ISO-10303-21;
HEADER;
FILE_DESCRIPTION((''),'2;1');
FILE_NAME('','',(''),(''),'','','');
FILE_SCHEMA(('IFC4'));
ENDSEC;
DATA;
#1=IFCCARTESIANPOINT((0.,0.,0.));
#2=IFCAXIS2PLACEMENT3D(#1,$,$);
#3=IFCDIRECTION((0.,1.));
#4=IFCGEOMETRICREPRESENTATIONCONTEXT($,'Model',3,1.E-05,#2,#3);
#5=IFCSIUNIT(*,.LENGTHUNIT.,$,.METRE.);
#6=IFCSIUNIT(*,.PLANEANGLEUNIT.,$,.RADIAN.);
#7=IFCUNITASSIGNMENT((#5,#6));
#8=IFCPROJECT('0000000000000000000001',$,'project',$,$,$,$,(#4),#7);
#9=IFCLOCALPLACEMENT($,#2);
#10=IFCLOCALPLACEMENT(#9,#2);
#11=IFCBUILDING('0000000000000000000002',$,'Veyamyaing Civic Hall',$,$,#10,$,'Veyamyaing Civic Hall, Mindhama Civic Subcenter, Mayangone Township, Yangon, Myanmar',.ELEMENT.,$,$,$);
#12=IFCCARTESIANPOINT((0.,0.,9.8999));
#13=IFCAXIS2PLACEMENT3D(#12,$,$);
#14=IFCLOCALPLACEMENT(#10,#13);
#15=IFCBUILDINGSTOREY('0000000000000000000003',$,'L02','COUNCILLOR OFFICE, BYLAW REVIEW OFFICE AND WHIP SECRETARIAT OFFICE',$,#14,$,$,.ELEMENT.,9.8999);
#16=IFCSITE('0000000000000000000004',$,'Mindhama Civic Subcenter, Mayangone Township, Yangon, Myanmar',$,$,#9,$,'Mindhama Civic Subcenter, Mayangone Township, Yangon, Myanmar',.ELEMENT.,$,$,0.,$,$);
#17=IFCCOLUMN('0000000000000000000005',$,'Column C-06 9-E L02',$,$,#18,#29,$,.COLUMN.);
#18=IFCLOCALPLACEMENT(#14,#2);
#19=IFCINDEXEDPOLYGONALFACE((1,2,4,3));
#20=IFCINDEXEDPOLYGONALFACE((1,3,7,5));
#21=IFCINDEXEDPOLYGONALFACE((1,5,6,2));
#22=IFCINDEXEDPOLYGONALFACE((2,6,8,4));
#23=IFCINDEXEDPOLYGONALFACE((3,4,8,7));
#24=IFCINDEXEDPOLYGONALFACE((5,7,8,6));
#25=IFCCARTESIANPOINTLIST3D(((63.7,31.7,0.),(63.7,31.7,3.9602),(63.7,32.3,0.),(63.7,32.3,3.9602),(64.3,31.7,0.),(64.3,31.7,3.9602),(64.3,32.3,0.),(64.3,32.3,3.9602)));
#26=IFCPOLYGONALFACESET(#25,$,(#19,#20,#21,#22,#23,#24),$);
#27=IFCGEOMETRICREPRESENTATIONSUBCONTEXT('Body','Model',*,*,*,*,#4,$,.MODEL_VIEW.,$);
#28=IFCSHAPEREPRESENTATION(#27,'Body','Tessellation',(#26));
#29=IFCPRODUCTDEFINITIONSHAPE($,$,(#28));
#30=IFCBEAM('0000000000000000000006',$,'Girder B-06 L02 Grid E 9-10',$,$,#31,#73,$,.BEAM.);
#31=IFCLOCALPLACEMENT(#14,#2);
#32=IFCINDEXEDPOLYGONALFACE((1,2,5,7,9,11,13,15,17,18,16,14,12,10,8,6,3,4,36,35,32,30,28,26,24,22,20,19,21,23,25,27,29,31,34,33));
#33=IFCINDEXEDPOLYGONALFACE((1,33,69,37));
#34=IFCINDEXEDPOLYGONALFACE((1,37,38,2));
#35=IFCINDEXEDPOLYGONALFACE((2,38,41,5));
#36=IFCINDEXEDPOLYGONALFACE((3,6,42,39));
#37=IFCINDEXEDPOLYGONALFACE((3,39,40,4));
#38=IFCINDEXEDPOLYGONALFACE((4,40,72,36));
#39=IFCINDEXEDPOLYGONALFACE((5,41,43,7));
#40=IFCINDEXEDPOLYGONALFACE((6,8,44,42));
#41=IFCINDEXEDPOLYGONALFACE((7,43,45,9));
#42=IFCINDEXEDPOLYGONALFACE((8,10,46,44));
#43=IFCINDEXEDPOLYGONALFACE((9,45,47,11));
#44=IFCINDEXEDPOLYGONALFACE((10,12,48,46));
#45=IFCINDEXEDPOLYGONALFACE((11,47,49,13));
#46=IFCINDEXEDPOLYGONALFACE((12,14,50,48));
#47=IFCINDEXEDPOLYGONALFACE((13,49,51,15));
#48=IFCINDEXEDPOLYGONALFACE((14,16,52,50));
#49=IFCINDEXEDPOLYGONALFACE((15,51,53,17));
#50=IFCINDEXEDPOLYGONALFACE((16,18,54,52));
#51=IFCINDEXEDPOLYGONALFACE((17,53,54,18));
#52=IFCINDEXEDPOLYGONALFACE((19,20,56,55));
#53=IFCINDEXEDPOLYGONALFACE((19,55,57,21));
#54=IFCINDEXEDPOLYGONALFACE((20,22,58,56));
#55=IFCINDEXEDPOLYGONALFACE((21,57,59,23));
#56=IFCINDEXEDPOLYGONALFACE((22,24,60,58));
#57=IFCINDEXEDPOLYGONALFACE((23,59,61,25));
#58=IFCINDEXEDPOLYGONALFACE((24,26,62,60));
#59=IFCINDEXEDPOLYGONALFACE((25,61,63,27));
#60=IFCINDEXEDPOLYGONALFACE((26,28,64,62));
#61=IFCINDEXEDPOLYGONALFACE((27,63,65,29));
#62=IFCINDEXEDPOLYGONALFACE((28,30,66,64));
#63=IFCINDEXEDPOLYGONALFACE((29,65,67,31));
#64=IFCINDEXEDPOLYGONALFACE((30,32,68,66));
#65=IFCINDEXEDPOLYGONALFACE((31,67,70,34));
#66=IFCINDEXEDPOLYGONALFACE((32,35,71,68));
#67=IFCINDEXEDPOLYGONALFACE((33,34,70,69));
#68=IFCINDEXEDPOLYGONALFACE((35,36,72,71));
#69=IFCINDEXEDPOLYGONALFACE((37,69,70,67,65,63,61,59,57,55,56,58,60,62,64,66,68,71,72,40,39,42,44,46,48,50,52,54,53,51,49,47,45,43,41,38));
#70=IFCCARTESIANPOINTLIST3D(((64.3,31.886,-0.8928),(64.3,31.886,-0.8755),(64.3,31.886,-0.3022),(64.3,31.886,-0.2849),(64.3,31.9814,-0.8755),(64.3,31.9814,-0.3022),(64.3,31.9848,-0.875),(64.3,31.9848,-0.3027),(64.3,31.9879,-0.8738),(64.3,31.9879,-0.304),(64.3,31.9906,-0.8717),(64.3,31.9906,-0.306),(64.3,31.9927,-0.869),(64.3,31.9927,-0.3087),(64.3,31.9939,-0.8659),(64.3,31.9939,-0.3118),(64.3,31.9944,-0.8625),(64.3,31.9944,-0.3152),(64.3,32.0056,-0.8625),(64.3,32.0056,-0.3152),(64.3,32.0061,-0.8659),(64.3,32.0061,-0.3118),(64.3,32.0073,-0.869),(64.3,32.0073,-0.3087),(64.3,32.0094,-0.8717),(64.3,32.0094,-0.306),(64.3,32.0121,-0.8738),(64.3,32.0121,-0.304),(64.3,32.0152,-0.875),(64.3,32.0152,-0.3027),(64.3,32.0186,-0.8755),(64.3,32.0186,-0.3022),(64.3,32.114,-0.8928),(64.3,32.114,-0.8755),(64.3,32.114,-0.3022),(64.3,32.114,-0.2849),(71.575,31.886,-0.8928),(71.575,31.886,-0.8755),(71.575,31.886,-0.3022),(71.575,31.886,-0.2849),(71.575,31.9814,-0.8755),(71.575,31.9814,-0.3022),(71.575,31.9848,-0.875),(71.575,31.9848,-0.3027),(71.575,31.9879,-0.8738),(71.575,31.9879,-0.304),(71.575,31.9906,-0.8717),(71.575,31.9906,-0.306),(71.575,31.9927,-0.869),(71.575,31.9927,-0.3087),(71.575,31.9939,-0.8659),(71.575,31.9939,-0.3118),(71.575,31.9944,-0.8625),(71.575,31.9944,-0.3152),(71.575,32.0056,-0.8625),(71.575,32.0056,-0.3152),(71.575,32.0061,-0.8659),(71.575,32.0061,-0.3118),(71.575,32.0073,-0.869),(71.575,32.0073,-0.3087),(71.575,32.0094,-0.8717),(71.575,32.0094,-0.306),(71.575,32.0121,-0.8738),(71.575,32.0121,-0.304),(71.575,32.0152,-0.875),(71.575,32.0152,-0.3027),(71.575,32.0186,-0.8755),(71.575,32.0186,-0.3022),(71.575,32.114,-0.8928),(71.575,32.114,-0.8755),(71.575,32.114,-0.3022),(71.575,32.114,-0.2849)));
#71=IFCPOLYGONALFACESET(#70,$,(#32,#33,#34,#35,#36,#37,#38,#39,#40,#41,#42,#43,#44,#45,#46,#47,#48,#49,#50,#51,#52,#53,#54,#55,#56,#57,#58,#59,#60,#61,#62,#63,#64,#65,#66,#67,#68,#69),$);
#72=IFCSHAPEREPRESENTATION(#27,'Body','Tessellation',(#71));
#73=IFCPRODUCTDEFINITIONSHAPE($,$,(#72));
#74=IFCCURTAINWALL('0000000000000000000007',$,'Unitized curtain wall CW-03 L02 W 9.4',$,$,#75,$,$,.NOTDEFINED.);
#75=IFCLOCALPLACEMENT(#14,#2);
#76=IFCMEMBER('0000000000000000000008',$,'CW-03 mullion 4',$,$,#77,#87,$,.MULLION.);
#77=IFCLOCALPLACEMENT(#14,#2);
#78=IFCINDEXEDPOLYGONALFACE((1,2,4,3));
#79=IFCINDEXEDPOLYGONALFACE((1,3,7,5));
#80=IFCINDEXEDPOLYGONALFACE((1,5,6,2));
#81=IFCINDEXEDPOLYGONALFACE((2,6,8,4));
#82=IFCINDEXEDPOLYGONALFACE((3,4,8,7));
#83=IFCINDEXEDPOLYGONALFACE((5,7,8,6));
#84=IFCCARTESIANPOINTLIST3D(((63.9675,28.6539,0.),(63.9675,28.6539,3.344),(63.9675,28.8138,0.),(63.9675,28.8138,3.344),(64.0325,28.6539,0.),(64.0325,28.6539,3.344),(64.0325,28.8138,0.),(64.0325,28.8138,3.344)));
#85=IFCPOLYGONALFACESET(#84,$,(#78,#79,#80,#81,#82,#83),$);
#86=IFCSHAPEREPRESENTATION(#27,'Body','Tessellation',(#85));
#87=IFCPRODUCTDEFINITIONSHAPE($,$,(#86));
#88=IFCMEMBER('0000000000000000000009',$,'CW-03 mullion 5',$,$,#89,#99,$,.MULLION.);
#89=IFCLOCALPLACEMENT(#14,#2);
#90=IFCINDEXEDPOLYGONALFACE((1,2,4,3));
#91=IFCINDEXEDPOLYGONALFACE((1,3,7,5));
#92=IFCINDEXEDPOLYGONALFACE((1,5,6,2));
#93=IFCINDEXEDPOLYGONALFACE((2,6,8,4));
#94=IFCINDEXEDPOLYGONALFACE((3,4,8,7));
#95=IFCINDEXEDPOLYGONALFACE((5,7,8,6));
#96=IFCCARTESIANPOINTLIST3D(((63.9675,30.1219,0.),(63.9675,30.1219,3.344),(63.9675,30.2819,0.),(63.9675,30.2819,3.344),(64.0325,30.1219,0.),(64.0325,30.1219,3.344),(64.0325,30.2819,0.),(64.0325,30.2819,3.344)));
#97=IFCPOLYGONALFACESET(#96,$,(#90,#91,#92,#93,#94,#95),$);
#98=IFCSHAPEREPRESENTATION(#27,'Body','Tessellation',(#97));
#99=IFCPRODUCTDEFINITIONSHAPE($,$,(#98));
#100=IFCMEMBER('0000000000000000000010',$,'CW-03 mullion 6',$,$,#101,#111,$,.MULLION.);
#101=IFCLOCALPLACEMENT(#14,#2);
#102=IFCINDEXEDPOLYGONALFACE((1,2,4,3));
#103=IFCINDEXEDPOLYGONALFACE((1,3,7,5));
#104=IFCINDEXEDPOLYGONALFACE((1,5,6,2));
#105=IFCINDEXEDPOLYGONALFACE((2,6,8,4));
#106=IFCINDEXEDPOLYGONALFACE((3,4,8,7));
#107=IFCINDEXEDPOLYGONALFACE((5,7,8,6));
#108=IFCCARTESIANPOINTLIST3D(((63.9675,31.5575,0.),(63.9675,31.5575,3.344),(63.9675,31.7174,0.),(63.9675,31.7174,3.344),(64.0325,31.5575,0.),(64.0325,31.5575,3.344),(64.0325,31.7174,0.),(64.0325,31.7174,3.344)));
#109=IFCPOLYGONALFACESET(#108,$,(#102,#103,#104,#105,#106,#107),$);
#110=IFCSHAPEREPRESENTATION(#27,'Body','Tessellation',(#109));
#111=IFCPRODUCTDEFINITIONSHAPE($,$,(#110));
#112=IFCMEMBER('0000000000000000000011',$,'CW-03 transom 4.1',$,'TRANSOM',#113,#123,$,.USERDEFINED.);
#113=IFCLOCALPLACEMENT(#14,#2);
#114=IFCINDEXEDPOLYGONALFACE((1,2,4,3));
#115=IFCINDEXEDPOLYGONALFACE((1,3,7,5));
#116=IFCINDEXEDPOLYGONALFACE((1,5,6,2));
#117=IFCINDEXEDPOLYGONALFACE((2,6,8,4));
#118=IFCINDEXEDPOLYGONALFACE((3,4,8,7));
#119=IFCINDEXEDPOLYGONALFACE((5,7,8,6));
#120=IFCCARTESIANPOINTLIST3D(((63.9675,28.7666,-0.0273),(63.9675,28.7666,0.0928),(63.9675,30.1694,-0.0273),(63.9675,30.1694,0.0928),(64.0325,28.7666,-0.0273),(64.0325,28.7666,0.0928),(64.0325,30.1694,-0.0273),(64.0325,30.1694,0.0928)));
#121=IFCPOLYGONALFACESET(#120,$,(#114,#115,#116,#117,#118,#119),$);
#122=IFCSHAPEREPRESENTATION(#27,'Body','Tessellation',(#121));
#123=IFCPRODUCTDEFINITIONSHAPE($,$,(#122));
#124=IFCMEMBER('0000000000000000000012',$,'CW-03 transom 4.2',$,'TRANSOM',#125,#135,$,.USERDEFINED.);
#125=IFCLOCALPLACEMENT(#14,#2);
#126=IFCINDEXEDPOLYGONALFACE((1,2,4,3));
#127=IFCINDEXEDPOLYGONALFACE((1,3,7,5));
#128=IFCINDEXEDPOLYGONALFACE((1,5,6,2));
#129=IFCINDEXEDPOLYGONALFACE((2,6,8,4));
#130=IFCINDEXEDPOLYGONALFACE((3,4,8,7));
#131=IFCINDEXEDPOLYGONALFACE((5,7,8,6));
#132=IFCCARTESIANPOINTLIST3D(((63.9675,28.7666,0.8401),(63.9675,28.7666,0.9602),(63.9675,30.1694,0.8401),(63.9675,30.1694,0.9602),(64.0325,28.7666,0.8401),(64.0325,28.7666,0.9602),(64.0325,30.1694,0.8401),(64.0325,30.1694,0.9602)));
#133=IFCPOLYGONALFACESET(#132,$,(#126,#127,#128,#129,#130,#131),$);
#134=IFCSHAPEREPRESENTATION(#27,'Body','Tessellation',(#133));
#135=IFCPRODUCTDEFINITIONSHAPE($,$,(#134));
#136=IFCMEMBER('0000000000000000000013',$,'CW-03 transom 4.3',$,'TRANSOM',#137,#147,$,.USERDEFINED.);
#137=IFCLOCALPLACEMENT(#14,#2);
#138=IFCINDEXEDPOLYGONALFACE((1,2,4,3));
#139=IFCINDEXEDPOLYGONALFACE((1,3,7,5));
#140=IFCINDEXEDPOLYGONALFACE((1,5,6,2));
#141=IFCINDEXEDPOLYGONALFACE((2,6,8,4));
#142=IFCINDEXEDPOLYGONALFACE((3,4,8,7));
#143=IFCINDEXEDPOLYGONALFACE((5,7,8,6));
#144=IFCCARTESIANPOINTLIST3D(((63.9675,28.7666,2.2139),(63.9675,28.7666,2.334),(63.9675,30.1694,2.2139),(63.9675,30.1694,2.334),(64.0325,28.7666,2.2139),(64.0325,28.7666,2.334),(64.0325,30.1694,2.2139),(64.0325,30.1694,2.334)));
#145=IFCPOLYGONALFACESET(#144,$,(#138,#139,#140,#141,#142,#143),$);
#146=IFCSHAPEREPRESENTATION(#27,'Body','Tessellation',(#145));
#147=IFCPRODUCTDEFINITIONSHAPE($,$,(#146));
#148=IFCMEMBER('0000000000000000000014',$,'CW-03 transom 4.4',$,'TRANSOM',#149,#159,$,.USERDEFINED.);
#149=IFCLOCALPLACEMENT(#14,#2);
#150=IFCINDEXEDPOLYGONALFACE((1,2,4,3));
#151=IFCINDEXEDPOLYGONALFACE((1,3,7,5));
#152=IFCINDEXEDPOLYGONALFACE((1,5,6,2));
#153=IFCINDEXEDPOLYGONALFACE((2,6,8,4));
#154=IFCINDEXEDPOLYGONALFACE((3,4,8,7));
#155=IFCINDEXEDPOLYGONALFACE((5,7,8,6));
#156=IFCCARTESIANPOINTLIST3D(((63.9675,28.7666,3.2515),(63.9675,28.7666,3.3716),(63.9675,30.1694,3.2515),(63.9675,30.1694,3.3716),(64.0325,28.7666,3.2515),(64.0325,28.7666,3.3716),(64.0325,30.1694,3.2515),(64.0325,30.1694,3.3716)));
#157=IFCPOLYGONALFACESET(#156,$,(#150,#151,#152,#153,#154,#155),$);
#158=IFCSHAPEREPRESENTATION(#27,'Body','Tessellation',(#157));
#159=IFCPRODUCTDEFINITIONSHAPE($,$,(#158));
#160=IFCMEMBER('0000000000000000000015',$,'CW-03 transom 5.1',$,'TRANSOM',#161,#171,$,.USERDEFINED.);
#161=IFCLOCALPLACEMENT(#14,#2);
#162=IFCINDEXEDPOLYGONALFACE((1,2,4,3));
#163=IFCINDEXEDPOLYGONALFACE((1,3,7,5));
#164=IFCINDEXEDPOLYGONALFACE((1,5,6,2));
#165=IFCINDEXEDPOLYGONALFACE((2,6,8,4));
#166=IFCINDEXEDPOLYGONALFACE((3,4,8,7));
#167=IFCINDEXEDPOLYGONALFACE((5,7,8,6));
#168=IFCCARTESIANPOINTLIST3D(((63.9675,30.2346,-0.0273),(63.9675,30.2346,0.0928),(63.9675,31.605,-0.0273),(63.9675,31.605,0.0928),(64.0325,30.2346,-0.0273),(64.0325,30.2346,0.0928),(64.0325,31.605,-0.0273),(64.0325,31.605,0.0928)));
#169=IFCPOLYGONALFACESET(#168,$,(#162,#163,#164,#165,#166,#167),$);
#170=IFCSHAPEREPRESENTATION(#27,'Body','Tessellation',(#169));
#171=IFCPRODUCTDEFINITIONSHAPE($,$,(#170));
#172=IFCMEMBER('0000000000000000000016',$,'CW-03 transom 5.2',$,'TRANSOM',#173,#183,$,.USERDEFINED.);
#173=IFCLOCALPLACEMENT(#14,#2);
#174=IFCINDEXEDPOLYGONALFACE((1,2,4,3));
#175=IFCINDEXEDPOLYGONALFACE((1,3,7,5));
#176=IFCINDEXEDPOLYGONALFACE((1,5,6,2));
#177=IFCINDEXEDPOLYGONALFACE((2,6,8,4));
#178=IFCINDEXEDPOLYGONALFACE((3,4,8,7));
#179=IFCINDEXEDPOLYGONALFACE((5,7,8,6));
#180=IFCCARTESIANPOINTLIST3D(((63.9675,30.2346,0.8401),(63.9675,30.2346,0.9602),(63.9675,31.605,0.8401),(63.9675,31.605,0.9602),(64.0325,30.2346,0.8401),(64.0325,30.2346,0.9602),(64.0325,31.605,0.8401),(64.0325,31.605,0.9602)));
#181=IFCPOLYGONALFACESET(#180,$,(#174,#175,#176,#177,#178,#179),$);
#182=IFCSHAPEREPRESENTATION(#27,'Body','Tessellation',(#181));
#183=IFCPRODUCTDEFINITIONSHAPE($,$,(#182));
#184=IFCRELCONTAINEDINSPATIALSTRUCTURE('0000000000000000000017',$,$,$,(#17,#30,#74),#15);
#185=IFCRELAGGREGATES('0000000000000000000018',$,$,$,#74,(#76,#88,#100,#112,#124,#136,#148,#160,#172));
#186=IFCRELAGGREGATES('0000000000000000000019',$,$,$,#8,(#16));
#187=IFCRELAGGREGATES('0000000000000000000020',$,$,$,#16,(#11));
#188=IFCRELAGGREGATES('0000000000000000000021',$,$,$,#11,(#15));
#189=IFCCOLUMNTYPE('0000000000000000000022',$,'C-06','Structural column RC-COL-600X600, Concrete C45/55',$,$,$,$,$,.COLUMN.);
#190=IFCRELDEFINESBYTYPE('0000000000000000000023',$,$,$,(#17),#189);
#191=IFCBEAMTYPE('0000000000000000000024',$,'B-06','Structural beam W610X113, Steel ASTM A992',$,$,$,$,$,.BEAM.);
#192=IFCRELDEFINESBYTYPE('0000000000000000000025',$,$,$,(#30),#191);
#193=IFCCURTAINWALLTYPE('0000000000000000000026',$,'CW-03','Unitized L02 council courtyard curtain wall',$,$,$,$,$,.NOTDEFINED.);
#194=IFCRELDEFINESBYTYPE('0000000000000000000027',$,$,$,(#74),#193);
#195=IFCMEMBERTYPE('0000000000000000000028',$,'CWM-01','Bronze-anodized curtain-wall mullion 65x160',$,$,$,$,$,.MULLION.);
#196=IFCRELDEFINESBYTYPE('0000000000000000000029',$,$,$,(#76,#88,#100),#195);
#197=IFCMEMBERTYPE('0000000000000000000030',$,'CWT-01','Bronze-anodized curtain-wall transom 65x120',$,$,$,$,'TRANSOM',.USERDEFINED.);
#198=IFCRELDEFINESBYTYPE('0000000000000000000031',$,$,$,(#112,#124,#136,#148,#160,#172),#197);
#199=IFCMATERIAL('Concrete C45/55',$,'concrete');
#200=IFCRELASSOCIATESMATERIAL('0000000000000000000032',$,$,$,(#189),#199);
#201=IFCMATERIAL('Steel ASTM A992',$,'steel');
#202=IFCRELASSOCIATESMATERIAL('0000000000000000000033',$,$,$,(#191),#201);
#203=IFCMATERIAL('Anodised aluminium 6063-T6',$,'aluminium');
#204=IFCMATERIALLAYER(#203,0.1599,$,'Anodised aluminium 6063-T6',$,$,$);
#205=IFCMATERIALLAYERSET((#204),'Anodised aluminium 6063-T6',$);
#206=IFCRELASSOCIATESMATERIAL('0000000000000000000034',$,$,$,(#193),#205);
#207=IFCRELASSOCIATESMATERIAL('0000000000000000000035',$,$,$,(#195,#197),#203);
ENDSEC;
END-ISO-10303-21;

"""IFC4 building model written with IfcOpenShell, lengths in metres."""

from ifc_helpers import new_model, si_unit, direction, frame, origin, origin_2d, place, context, subcontext, project, spatial, rectangle, i_section, extrude, material, layer, layer_set, material_profile, profile_set, type_object, element, aggregate, save


model = new_model("IFC4")

# Units and contexts
model_context = context("Model", 3, precision=1e-05, world=origin(), true_north=direction((0.0, 1.0)))
body_context = subcontext(model_context, "Body", "Model", "MODEL_VIEW")
ifc_project = project(units=[si_unit("LENGTHUNIT", "METRE"), si_unit("PLANEANGLEUNIT", "RADIAN")], contexts=[model_context])

# Site, building, storey
site_placement = place(None, origin())
site = spatial("IfcSite", under=ifc_project, at=site_placement, Name="Mindhama Civic Subcenter, Mayangone Township, Yangon, Myanmar", LongName="Mindhama Civic Subcenter, Mayangone Township, Yangon, Myanmar", CompositionType="ELEMENT", RefElevation=0.0)
building_placement = place(site_placement, origin())
building = spatial("IfcBuilding", under=site, at=building_placement, Name="Veyamyaing Civic Hall", LongName="Veyamyaing Civic Hall, Mindhama Civic Subcenter, Mayangone Township, Yangon, Myanmar", CompositionType="ELEMENT")
storey_placement = place(building_placement, frame((0.0, 0.0, 9.8999)))
storey = spatial("IfcBuildingStorey", under=building, at=storey_placement, Name="L02", Description="COUNCILLOR OFFICE, BYLAW REVIEW OFFICE AND WHIP SECRETARIAT OFFICE", CompositionType="ELEMENT", Elevation=9.8999)

# Column
ifc_material_1 = material(Name="Concrete C45/55", Category="concrete")
ifc_material_profile_1 = material_profile(ifc_material_1, rectangle(XDim=0.6001, YDim=0.6001, at=origin_2d()), Name="RC-COL-600X600")
ifc_profile_set_1 = profile_set([ifc_material_profile_1], Name="Concrete C45/55")
column_type = type_object("IfcColumnType", Name="C-06", Description="Structural column RC-COL-600X600, Concrete C45/55", PredefinedType="COLUMN", material=ifc_profile_set_1)
column_placement = place(storey_placement, frame((64.0, 32.0, 0.0), z_axis=(0.0, 0.0, 1.0), x_axis=(1.0, 0.0, 0.0)))
element("IfcColumn", 1, at=column_placement, inside=storey, type_object=column_type, Name="Column C-06 9-E L02", PredefinedType="COLUMN", context=body_context, shape_type="SweptSolid", body=[
    extrude(rectangle(XDim=0.6001, YDim=0.6001, at=origin_2d()), origin(), (0.0, 0.0, 1.0), 3.9602),
])

# Beam
ifc_material_2 = material(Name="Steel ASTM A992", Category="steel")
ifc_material_profile_2 = material_profile(ifc_material_2, i_section(OverallWidth=0.228, OverallDepth=0.6079, WebThickness=0.0112, FlangeThickness=0.0173, FilletRadius=0.0129, at=origin_2d()), Name="W610X113")
ifc_profile_set_2 = profile_set([ifc_material_profile_2], Name="Steel ASTM A992")
beam_type_1 = type_object("IfcBeamType", Name="B-06", Description="Structural beam W610X113, Steel ASTM A992", PredefinedType="BEAM", material=ifc_profile_set_2)
beam_1_placement = place(storey_placement, frame((64.3, 32.0, -0.5889), z_axis=(1.0, 0.0, 0.0), x_axis=(0.0, 1.0, 0.0)))
element("IfcBeam", 2, at=beam_1_placement, inside=storey, type_object=beam_type_1, Name="Girder B-06 L02 Grid E 9-10", PredefinedType="BEAM", context=body_context, shape_type="SweptSolid", body=[
    extrude(i_section(OverallWidth=0.228, OverallDepth=0.6079, WebThickness=0.0112, FlangeThickness=0.0173, FilletRadius=0.0129, at=origin_2d()), origin(), (0.0, 0.0, 1.0), 7.2749),
])

# Curtain wall, members
ifc_material_3 = material(Name="Anodised aluminium 6063-T6", Category="aluminium")
ifc_layer_1 = layer(ifc_material_3, 0.1599, Name="Anodised aluminium 6063-T6")
ifc_layer_set_1 = layer_set([ifc_layer_1], Name="Anodised aluminium 6063-T6")
curtain_wall_type = type_object("IfcCurtainWallType", Name="CW-03", Description="Unitized L02 council courtyard curtain wall", PredefinedType="NOTDEFINED", material=ifc_layer_set_1)
curtain_wall_placement = place(storey_placement, origin())
curtain_wall = element("IfcCurtainWall", 3, at=curtain_wall_placement, inside=storey, type_object=curtain_wall_type, Name="Unitized curtain wall CW-03 L02 W 9.4", PredefinedType="NOTDEFINED")
ifc_material_profile_3 = material_profile(ifc_material_3, rectangle(XDim=0.0649, YDim=0.1599, at=origin_2d()), Name="ALU-MUL-65X160")
ifc_profile_set_3 = profile_set([ifc_material_profile_3], Name="Anodised aluminium 6063-T6")
member_type_1 = type_object("IfcMemberType", Name="CWM-01", Description="Bronze-anodized curtain-wall mullion 65x160", PredefinedType="MULLION", material=ifc_profile_set_3)
member_1_placement = place(storey_placement, frame((64.0, 28.7339, 0.0), z_axis=(0.0, 0.0, 1.0), x_axis=(-1.0, 0.0, 0.0)))
member_1 = element("IfcMember", 4, at=member_1_placement, type_object=member_type_1, Name="CW-03 mullion 4", PredefinedType="MULLION", context=body_context, shape_type="SweptSolid", body=[
    extrude(rectangle(XDim=0.0649, YDim=0.1599, at=origin_2d()), origin(), (0.0, 0.0, 1.0), 3.344),
])
member_2_placement = place(storey_placement, frame((64.0, 30.2019, 0.0), z_axis=(0.0, 0.0, 1.0), x_axis=(-1.0, 0.0, 0.0)))
member_2 = element("IfcMember", 5, at=member_2_placement, type_object=member_type_1, Name="CW-03 mullion 5", PredefinedType="MULLION", context=body_context, shape_type="SweptSolid", body=[
    extrude(rectangle(XDim=0.0649, YDim=0.1599, at=origin_2d()), origin(), (0.0, 0.0, 1.0), 3.344),
])
member_3_placement = place(storey_placement, frame((64.0, 31.6375, 0.0), z_axis=(0.0, 0.0, 1.0), x_axis=(-1.0, 0.0, 0.0)))
member_3 = element("IfcMember", 6, at=member_3_placement, type_object=member_type_1, Name="CW-03 mullion 6", PredefinedType="MULLION", context=body_context, shape_type="SweptSolid", body=[
    extrude(rectangle(XDim=0.0649, YDim=0.1599, at=origin_2d()), origin(), (0.0, 0.0, 1.0), 3.344),
])
ifc_material_profile_4 = material_profile(ifc_material_3, rectangle(XDim=0.0649, YDim=0.1201, at=origin_2d()), Name="ALU-TRN-65X120")
ifc_profile_set_4 = profile_set([ifc_material_profile_4], Name="Anodised aluminium 6063-T6")
member_type_2 = type_object("IfcMemberType", Name="CWT-01", Description="Bronze-anodized curtain-wall transom 65x120", ElementType="TRANSOM", PredefinedType="USERDEFINED", material=ifc_profile_set_4)
member_4_placement = place(storey_placement, frame((64.0, 28.7666, 0.0327), z_axis=(0.0, 1.0, 0.0), x_axis=(-1.0, 0.0, 0.0)))
member_4 = element("IfcMember", 7, at=member_4_placement, type_object=member_type_2, Name="CW-03 transom 4.1", ObjectType="TRANSOM", PredefinedType="USERDEFINED", context=body_context, shape_type="SweptSolid", body=[
    extrude(rectangle(XDim=0.0649, YDim=0.1201, at=origin_2d()), origin(), (0.0, 0.0, 1.0), 1.4028),
])
member_5_placement = place(storey_placement, frame((64.0, 28.7666, 0.9001), z_axis=(0.0, 1.0, 0.0), x_axis=(-1.0, 0.0, 0.0)))
member_5 = element("IfcMember", 8, at=member_5_placement, type_object=member_type_2, Name="CW-03 transom 4.2", ObjectType="TRANSOM", PredefinedType="USERDEFINED", context=body_context, shape_type="SweptSolid", body=[
    extrude(rectangle(XDim=0.0649, YDim=0.1201, at=origin_2d()), origin(), (0.0, 0.0, 1.0), 1.4028),
])
member_6_placement = place(storey_placement, frame((64.0, 28.7666, 2.2739), z_axis=(0.0, 1.0, 0.0), x_axis=(-1.0, 0.0, 0.0)))
member_6 = element("IfcMember", 9, at=member_6_placement, type_object=member_type_2, Name="CW-03 transom 4.3", ObjectType="TRANSOM", PredefinedType="USERDEFINED", context=body_context, shape_type="SweptSolid", body=[
    extrude(rectangle(XDim=0.0649, YDim=0.1201, at=origin_2d()), origin(), (0.0, 0.0, 1.0), 1.4028),
])
member_7_placement = place(storey_placement, frame((64.0, 28.7666, 3.3115), z_axis=(0.0, 1.0, 0.0), x_axis=(-1.0, 0.0, 0.0)))
member_7 = element("IfcMember", 10, at=member_7_placement, type_object=member_type_2, Name="CW-03 transom 4.4", ObjectType="TRANSOM", PredefinedType="USERDEFINED", context=body_context, shape_type="SweptSolid", body=[
    extrude(rectangle(XDim=0.0649, YDim=0.1201, at=origin_2d()), origin(), (0.0, 0.0, 1.0), 1.4028),
])
member_8_placement = place(storey_placement, frame((64.0, 30.2346, 0.0327), z_axis=(0.0, 1.0, 0.0), x_axis=(-1.0, 0.0, 0.0)))
member_8 = element("IfcMember", 11, at=member_8_placement, type_object=member_type_2, Name="CW-03 transom 5.1", ObjectType="TRANSOM", PredefinedType="USERDEFINED", context=body_context, shape_type="SweptSolid", body=[
    extrude(rectangle(XDim=0.0649, YDim=0.1201, at=origin_2d()), origin(), (0.0, 0.0, 1.0), 1.3704),
])
member_9_placement = place(storey_placement, frame((64.0, 30.2346, 0.9001), z_axis=(0.0, 1.0, 0.0), x_axis=(-1.0, 0.0, 0.0)))
member_9 = element("IfcMember", 12, at=member_9_placement, type_object=member_type_2, Name="CW-03 transom 5.2", ObjectType="TRANSOM", PredefinedType="USERDEFINED", context=body_context, shape_type="SweptSolid", body=[
    extrude(rectangle(XDim=0.0649, YDim=0.1201, at=origin_2d()), origin(), (0.0, 0.0, 1.0), 1.3704),
])

aggregate(curtain_wall, [member_1, member_2, member_3, member_4, member_5, member_6, member_7, member_8, member_9])

save(model, "model.ifc")
